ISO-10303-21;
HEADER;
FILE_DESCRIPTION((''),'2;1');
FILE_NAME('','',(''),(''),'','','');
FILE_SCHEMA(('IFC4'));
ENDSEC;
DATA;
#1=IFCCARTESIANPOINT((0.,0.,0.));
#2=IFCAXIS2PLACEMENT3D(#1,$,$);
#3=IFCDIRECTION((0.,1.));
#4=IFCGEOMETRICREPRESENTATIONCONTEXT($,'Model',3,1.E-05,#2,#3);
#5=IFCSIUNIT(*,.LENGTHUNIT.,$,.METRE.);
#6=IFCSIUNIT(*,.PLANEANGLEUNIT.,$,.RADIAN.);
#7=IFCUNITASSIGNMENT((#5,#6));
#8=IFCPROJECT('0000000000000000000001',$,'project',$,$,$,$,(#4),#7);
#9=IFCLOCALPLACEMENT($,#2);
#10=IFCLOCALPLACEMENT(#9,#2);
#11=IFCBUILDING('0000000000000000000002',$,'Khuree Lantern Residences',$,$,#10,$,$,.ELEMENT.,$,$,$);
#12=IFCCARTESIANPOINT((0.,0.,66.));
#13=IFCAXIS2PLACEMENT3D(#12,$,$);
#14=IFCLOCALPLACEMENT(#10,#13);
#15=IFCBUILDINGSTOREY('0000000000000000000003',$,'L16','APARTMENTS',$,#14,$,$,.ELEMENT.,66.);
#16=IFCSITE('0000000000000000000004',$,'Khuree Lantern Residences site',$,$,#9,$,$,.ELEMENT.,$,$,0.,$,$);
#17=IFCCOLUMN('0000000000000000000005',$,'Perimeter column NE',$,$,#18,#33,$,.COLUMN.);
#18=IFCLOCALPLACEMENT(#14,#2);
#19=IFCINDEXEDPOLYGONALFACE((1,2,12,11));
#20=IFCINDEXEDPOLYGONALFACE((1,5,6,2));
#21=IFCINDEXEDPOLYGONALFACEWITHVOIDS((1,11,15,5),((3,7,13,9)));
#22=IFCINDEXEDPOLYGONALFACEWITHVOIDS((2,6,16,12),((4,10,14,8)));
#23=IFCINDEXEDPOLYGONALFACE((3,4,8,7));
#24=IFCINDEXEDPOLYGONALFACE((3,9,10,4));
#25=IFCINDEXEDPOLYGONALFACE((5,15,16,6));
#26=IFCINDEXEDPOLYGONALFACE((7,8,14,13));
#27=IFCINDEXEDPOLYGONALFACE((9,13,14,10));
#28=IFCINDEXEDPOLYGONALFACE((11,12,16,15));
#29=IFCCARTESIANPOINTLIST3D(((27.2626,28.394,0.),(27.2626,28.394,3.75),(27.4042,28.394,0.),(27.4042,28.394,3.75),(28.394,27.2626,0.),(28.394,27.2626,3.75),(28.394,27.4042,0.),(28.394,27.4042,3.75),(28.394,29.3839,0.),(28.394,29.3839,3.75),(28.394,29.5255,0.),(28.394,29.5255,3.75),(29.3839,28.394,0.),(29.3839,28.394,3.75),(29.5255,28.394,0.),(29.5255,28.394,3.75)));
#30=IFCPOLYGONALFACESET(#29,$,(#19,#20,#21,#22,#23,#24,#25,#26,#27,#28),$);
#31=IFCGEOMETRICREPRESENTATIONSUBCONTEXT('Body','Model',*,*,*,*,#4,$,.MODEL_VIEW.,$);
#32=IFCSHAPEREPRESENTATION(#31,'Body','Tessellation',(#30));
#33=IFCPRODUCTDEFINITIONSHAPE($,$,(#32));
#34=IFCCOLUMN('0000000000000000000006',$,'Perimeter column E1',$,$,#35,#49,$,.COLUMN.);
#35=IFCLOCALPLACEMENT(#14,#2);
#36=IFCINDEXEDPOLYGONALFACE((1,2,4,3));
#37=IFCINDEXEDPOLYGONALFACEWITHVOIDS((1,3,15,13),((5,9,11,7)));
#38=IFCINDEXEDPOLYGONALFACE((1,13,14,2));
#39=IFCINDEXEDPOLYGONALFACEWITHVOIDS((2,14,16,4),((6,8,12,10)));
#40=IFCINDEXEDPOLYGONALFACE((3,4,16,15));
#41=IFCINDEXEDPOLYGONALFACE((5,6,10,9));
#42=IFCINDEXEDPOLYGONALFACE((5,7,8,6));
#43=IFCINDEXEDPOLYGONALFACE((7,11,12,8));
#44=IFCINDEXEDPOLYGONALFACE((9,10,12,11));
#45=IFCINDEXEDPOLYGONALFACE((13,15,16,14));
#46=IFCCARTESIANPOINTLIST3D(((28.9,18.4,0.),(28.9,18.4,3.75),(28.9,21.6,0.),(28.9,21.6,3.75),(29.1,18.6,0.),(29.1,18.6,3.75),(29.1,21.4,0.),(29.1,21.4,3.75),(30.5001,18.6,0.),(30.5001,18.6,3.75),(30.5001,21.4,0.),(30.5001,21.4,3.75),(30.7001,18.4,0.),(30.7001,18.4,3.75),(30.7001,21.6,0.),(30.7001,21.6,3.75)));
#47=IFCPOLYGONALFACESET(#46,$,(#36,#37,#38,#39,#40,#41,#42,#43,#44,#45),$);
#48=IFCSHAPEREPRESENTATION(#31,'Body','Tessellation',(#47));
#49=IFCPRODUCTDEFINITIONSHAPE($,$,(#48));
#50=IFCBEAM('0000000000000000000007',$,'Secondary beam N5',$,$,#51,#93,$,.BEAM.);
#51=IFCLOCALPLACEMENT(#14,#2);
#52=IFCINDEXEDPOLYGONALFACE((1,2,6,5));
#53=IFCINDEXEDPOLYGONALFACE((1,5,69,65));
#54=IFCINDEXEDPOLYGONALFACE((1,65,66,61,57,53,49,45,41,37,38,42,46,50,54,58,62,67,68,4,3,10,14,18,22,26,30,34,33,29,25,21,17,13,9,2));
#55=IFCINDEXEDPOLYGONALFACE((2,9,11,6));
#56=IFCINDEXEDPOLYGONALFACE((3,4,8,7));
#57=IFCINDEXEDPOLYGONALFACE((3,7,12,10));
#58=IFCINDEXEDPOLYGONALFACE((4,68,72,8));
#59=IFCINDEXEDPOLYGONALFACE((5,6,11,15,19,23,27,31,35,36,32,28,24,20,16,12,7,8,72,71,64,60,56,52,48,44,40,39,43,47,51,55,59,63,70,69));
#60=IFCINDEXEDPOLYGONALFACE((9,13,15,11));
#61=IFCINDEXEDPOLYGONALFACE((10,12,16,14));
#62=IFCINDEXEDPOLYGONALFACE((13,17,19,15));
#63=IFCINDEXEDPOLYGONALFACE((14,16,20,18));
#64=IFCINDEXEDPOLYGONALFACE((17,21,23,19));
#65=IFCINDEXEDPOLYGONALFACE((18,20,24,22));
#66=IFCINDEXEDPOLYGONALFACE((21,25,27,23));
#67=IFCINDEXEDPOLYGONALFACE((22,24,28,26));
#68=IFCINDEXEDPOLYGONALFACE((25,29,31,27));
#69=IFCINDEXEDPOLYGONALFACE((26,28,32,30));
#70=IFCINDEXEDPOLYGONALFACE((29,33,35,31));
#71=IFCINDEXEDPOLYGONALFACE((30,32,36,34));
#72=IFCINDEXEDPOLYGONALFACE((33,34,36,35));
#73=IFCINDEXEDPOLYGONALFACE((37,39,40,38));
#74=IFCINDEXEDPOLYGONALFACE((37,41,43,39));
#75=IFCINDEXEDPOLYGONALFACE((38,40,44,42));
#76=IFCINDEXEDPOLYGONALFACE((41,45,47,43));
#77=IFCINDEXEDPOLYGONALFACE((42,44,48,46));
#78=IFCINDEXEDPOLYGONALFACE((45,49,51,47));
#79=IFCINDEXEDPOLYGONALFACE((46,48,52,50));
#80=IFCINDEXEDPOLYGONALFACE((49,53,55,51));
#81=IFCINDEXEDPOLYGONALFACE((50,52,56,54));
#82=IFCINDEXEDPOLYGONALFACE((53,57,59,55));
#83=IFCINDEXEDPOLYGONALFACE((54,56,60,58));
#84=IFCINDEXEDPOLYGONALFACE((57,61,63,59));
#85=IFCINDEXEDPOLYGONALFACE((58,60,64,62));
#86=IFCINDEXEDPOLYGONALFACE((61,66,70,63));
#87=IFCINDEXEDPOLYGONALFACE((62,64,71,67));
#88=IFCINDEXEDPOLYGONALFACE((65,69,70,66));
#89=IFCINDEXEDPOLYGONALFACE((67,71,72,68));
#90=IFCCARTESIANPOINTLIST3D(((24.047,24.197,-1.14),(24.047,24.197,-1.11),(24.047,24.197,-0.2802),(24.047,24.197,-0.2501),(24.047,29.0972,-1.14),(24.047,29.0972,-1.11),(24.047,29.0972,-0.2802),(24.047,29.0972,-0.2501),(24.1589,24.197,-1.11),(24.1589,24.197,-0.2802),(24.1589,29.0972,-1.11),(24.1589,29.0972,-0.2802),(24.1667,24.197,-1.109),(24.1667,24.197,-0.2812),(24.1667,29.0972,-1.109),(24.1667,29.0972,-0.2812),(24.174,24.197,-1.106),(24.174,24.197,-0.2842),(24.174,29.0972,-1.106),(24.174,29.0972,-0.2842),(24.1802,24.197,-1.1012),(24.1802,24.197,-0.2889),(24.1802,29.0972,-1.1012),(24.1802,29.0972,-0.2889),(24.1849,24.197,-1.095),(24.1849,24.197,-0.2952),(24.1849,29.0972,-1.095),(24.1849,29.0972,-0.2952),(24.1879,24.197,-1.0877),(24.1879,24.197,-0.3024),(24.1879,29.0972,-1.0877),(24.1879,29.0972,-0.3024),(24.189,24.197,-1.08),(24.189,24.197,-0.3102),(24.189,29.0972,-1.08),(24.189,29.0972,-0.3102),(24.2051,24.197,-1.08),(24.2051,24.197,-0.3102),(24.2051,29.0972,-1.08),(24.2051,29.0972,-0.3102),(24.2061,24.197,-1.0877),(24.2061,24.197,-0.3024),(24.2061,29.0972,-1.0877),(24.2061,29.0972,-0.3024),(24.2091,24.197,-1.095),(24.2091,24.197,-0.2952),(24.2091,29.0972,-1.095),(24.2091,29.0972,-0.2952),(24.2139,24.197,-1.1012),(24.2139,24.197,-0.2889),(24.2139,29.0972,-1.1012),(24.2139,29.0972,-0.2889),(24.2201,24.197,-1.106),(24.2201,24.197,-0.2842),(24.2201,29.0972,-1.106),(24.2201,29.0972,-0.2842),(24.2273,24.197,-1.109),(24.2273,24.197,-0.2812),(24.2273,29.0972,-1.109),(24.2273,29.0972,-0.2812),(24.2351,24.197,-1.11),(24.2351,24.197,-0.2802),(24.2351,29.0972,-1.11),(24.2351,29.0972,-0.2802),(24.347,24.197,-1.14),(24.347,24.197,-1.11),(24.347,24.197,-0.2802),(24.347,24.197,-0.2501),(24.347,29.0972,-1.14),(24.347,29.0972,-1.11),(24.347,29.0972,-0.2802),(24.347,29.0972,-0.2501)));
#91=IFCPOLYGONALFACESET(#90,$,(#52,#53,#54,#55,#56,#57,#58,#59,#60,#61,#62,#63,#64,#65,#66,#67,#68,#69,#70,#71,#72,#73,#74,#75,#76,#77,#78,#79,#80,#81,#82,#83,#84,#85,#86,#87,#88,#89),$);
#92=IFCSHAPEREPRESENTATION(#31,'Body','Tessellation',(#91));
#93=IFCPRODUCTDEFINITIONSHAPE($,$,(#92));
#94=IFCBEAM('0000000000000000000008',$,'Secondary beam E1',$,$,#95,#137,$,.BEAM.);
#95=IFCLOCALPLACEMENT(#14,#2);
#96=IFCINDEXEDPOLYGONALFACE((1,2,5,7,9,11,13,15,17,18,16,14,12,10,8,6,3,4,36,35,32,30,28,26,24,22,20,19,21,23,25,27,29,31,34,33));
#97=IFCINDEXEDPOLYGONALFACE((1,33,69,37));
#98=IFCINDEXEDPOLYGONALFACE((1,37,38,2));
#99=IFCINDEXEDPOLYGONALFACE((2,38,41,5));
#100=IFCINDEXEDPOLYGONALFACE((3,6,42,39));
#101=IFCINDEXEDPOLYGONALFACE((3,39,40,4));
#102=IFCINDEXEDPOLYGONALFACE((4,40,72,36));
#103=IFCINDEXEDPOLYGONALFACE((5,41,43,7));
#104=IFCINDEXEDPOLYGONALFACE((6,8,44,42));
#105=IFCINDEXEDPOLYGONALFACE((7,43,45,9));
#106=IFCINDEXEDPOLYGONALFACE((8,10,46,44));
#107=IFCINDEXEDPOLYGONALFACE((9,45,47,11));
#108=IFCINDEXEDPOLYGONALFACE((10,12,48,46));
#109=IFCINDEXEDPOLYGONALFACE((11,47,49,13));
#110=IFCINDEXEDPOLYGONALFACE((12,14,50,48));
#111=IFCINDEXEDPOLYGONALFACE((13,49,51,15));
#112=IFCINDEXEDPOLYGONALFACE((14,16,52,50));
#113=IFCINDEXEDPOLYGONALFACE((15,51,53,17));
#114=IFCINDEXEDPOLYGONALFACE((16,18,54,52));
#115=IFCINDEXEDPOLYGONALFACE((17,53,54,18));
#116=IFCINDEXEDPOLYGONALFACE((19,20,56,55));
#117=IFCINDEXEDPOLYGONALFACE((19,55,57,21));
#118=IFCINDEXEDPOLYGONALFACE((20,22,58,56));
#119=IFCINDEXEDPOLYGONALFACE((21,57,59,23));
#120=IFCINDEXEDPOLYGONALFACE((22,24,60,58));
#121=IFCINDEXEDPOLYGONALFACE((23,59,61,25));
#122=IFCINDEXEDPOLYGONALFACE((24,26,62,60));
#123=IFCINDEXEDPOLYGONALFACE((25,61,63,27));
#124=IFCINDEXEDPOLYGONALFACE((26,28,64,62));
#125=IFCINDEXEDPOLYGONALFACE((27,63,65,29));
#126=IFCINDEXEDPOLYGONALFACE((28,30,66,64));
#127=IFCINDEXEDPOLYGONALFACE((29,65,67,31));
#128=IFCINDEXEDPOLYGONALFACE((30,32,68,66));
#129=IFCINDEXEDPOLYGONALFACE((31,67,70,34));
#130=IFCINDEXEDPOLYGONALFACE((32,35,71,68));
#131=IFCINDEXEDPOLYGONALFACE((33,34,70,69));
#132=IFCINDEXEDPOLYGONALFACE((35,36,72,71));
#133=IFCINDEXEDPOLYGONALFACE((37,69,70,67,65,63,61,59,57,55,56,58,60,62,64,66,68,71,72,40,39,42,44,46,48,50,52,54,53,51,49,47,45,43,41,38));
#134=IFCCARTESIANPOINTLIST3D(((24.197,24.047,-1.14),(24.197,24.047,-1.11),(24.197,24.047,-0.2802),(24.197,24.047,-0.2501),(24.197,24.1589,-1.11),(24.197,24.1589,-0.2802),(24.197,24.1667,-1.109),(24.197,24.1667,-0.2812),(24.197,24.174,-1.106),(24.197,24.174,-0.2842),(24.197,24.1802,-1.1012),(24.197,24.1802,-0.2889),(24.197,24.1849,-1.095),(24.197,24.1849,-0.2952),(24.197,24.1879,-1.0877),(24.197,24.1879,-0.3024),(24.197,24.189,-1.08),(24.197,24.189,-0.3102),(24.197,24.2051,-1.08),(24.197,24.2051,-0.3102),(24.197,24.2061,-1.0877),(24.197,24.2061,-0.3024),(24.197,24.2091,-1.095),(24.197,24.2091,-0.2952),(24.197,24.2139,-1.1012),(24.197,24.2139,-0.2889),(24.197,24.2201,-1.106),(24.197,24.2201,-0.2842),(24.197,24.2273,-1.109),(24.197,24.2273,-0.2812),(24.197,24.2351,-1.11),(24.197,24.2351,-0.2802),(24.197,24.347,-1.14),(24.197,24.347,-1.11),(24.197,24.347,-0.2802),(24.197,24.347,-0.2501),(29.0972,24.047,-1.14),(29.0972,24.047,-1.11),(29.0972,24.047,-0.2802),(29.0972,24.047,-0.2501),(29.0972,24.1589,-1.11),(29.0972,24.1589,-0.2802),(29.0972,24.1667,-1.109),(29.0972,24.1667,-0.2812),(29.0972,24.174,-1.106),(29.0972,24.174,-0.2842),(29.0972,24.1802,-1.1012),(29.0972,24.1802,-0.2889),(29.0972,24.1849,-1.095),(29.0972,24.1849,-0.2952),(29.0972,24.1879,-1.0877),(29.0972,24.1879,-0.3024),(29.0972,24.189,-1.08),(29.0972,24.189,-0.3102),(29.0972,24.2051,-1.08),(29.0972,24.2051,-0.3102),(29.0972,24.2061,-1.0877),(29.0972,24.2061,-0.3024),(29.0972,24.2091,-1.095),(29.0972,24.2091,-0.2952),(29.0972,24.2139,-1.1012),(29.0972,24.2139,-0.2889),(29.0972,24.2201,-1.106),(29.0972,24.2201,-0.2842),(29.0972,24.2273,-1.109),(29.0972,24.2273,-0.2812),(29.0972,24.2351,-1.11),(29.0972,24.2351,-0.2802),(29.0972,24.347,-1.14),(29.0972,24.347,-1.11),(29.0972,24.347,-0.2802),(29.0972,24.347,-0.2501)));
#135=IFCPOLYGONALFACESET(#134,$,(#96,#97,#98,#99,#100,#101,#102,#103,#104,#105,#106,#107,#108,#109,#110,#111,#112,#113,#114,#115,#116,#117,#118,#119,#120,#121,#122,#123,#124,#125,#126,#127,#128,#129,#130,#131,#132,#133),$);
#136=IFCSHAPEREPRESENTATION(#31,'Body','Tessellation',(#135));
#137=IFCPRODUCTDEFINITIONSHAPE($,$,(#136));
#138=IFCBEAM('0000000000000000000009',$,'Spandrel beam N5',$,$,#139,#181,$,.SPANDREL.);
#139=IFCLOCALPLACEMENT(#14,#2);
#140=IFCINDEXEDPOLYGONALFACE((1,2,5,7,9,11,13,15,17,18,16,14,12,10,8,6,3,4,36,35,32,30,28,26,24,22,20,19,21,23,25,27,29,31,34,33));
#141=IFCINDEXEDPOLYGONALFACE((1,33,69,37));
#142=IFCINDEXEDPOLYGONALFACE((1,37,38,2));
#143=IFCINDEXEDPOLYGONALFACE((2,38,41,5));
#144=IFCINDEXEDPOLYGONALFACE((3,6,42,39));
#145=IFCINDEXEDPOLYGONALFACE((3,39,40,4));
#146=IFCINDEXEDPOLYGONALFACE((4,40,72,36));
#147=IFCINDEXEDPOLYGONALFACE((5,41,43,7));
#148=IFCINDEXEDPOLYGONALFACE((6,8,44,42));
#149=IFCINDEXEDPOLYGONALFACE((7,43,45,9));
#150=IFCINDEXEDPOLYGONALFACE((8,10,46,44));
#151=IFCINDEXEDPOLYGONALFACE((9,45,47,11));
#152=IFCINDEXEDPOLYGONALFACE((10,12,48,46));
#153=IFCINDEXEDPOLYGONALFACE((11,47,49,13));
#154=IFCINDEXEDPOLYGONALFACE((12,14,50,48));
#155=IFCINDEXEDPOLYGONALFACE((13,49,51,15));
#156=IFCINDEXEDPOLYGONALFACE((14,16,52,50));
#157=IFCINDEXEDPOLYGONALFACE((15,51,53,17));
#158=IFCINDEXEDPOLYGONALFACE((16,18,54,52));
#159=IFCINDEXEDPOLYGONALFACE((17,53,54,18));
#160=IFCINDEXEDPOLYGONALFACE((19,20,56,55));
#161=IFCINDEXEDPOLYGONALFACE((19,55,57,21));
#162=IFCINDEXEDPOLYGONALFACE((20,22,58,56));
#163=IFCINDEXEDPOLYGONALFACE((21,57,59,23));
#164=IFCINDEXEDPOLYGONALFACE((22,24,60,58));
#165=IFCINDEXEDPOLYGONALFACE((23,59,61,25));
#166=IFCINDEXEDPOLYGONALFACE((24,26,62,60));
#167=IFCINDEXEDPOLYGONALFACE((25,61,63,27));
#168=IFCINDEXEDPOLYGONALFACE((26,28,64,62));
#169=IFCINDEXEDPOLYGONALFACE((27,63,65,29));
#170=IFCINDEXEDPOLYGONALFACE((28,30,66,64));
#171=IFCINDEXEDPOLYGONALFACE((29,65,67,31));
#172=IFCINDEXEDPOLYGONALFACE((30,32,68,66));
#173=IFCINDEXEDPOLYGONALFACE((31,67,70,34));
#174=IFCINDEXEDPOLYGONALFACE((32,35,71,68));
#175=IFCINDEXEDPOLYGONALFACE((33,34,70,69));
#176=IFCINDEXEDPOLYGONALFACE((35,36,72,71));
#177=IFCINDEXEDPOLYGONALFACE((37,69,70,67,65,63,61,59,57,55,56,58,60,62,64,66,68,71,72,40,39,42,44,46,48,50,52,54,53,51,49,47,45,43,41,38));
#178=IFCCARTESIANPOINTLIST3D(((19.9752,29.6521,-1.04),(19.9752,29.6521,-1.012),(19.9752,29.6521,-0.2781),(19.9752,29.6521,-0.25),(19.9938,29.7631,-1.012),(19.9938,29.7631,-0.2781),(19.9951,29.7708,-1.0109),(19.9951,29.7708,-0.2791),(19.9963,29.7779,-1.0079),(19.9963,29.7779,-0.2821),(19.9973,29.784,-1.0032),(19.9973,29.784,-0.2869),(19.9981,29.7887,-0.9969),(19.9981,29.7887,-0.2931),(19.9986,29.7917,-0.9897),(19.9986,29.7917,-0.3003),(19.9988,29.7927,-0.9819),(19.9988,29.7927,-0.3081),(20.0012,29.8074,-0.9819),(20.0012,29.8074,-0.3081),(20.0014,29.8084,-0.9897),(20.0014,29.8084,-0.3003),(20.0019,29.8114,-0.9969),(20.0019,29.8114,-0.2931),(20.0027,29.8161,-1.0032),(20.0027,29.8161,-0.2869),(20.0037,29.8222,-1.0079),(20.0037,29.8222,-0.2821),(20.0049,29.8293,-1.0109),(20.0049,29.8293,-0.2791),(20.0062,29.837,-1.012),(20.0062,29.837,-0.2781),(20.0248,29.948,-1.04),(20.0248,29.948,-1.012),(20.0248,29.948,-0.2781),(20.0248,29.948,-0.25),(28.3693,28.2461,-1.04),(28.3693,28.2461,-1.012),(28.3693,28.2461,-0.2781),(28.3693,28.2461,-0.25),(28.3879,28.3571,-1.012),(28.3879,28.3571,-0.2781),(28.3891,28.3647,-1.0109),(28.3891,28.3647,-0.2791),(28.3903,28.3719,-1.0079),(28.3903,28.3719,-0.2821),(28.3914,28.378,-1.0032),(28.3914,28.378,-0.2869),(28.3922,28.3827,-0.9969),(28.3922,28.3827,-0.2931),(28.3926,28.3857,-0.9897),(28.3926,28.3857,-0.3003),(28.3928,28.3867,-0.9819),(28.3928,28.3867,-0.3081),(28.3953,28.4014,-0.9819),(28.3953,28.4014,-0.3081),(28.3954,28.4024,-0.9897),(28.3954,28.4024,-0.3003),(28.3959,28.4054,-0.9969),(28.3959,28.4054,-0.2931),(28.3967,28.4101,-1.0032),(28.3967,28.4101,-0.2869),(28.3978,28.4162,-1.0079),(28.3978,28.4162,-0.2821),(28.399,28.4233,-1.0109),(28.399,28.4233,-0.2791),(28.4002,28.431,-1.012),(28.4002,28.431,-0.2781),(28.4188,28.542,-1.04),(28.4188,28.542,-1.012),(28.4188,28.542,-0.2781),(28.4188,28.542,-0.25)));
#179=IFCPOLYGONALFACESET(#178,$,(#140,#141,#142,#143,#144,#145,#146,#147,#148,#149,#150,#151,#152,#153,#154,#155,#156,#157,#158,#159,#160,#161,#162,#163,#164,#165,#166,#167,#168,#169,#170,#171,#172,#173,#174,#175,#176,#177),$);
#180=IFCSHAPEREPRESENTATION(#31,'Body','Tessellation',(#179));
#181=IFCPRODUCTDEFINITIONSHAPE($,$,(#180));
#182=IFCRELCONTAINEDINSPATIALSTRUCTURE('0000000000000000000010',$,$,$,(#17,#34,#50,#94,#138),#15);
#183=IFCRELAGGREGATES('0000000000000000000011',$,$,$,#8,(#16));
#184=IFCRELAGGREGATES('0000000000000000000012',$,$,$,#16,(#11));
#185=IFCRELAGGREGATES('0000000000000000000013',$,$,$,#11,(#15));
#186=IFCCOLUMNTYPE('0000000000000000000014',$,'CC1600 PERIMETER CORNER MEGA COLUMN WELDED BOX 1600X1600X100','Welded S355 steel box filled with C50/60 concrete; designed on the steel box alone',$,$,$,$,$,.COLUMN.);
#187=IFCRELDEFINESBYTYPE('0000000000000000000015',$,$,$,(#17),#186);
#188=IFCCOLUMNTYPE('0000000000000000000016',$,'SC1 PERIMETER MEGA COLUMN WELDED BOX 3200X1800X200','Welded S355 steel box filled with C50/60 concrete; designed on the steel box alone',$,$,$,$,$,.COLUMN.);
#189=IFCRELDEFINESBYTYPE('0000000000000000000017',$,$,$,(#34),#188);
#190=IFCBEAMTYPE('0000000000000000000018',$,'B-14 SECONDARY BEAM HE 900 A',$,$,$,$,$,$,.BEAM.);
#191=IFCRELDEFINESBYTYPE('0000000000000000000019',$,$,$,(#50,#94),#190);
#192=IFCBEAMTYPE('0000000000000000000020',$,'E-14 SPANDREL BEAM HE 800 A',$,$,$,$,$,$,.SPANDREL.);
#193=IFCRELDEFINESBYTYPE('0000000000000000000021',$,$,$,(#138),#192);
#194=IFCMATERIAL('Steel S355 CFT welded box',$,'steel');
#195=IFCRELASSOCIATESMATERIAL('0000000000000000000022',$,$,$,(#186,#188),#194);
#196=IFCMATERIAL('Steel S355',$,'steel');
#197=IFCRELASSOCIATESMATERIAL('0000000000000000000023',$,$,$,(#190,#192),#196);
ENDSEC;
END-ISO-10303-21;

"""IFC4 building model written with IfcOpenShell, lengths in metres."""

from ifc_helpers import new_model, si_unit, direction, frame, origin, origin_2d, place, context, subcontext, project, spatial, hollow_rectangle, i_section, extrude, material, material_profile, profile_set, type_object, element, save


model = new_model("IFC4")

# Units and contexts
model_context = context("Model", 3, precision=1e-05, world=origin(), true_north=direction((0.0, 1.0)))
body_context = subcontext(model_context, "Body", "Model", "MODEL_VIEW")
ifc_project = project(units=[si_unit("LENGTHUNIT", "METRE"), si_unit("PLANEANGLEUNIT", "RADIAN")], contexts=[model_context])

# Site, building, storey
site_placement = place(None, origin())
site = spatial("IfcSite", under=ifc_project, at=site_placement, Name="Khuree Lantern Residences site", CompositionType="ELEMENT", RefElevation=0.0)
building_placement = place(site_placement, origin())
building = spatial("IfcBuilding", under=site, at=building_placement, Name="Khuree Lantern Residences", CompositionType="ELEMENT")
storey_placement = place(building_placement, frame((0.0, 0.0, 66.0)))
storey = spatial("IfcBuildingStorey", under=building, at=storey_placement, Name="L16", Description="APARTMENTS", CompositionType="ELEMENT", Elevation=66.0)

# Columns
ifc_material_1 = material(Name="Steel S355 CFT welded box", Category="steel")
ifc_material_profile_1 = material_profile(ifc_material_1, hollow_rectangle(XDim=1.6001, YDim=1.6001, WallThickness=0.1001, at=origin_2d()), Name="WELDED BOX 1600X1600X100")
ifc_profile_set_1 = profile_set([ifc_material_profile_1], Name="Steel S355 CFT welded box")
column_type_1 = type_object("IfcColumnType", Name="CC1600 PERIMETER CORNER MEGA COLUMN WELDED BOX 1600X1600X100", Description="Welded S355 steel box filled with C50/60 concrete; designed on the steel box alone", PredefinedType="COLUMN", material=ifc_profile_set_1)
column_1_placement = place(storey_placement, frame((28.394, 28.394, 0.0), z_axis=(0.0, 0.0, 1.0), x_axis=(0.707107, -0.707107, 0.0)))
element("IfcColumn", 1, at=column_1_placement, inside=storey, type_object=column_type_1, Name="Perimeter column NE", PredefinedType="COLUMN", context=body_context, shape_type="SweptSolid", body=[
    extrude(hollow_rectangle(XDim=1.6001, YDim=1.6001, WallThickness=0.1001, at=origin_2d()), origin(), (0.0, 0.0, 1.0), 3.75),
])
ifc_material_profile_2 = material_profile(ifc_material_1, hollow_rectangle(XDim=3.2, YDim=1.8, WallThickness=0.2, at=origin_2d()), Name="WELDED BOX 3200X1800X200")
ifc_profile_set_2 = profile_set([ifc_material_profile_2], Name="Steel S355 CFT welded box")
column_type_2 = type_object("IfcColumnType", Name="SC1 PERIMETER MEGA COLUMN WELDED BOX 3200X1800X200", Description="Welded S355 steel box filled with C50/60 concrete; designed on the steel box alone", PredefinedType="COLUMN", material=ifc_profile_set_2)
column_2_placement = place(storey_placement, frame((29.8, 20.0, 0.0), z_axis=(0.0, 0.0, 1.0), x_axis=(0.0, 1.0, 0.0)))
element("IfcColumn", 2, at=column_2_placement, inside=storey, type_object=column_type_2, Name="Perimeter column E1", PredefinedType="COLUMN", context=body_context, shape_type="SweptSolid", body=[
    extrude(hollow_rectangle(XDim=3.2, YDim=1.8, WallThickness=0.2, at=origin_2d()), origin(), (0.0, 0.0, 1.0), 3.75),
])

# Beams
ifc_material_2 = material(Name="Steel S355", Category="steel")
ifc_material_profile_3 = material_profile(ifc_material_2, i_section(OverallWidth=0.3, OverallDepth=0.8899, WebThickness=0.0161, FlangeThickness=0.03, FilletRadius=0.03, at=origin_2d()), Name="HE 900 A")
ifc_profile_set_3 = profile_set([ifc_material_profile_3], Name="Steel S355")
beam_type_1 = type_object("IfcBeamType", Name="B-14 SECONDARY BEAM HE 900 A", PredefinedType="BEAM", material=ifc_profile_set_3)
for number, where, z_axis, x_axis, name in (
    (3, (24.197, 29.0972, -0.6951), (0.0, -1.0, 0.0), (1.0, 0.0, 0.0), "Secondary beam N5"),
    (4, (29.0972, 24.197, -0.6951), (-1.0, 0.0, 0.0), (0.0, -1.0, 0.0), "Secondary beam E1"),
):
    element("IfcBeam", number, at=place(storey_placement, frame(where, z_axis=z_axis, x_axis=x_axis)), inside=storey, type_object=beam_type_1, Name=name, PredefinedType="BEAM", context=body_context, shape_type="SweptSolid", body=[
        extrude(i_section(OverallWidth=0.3, OverallDepth=0.8899, WebThickness=0.0161, FlangeThickness=0.03, FilletRadius=0.03, at=origin_2d()), origin(), (0.0, 0.0, 1.0), 4.9001),
    ])
ifc_material_profile_4 = material_profile(ifc_material_2, i_section(OverallWidth=0.3, OverallDepth=0.79, WebThickness=0.0149, FlangeThickness=0.0281, FilletRadius=0.03, at=origin_2d()), Name="HE 800 A")
ifc_profile_set_4 = profile_set([ifc_material_profile_4], Name="Steel S355")
beam_type_2 = type_object("IfcBeamType", Name="E-14 SPANDREL BEAM HE 800 A", PredefinedType="SPANDREL", material=ifc_profile_set_4)
for number, where, z_axis, x_axis, name in (
    (5, (20.0, 29.8, -0.645), (0.98626, -0.165199, 0.0), (0.165199, 0.98626, 0.0), "Spandrel beam N5"),
):
    element("IfcBeam", number, at=place(storey_placement, frame(where, z_axis=z_axis, x_axis=x_axis)), inside=storey, type_object=beam_type_2, Name=name, PredefinedType="SPANDREL", context=body_context, shape_type="SweptSolid", body=[
        extrude(i_section(OverallWidth=0.3, OverallDepth=0.79, WebThickness=0.0149, FlangeThickness=0.0281, FilletRadius=0.03, at=origin_2d()), origin(), (0.0, 0.0, 1.0), 8.511),
    ])

save(model, "model.ifc")
